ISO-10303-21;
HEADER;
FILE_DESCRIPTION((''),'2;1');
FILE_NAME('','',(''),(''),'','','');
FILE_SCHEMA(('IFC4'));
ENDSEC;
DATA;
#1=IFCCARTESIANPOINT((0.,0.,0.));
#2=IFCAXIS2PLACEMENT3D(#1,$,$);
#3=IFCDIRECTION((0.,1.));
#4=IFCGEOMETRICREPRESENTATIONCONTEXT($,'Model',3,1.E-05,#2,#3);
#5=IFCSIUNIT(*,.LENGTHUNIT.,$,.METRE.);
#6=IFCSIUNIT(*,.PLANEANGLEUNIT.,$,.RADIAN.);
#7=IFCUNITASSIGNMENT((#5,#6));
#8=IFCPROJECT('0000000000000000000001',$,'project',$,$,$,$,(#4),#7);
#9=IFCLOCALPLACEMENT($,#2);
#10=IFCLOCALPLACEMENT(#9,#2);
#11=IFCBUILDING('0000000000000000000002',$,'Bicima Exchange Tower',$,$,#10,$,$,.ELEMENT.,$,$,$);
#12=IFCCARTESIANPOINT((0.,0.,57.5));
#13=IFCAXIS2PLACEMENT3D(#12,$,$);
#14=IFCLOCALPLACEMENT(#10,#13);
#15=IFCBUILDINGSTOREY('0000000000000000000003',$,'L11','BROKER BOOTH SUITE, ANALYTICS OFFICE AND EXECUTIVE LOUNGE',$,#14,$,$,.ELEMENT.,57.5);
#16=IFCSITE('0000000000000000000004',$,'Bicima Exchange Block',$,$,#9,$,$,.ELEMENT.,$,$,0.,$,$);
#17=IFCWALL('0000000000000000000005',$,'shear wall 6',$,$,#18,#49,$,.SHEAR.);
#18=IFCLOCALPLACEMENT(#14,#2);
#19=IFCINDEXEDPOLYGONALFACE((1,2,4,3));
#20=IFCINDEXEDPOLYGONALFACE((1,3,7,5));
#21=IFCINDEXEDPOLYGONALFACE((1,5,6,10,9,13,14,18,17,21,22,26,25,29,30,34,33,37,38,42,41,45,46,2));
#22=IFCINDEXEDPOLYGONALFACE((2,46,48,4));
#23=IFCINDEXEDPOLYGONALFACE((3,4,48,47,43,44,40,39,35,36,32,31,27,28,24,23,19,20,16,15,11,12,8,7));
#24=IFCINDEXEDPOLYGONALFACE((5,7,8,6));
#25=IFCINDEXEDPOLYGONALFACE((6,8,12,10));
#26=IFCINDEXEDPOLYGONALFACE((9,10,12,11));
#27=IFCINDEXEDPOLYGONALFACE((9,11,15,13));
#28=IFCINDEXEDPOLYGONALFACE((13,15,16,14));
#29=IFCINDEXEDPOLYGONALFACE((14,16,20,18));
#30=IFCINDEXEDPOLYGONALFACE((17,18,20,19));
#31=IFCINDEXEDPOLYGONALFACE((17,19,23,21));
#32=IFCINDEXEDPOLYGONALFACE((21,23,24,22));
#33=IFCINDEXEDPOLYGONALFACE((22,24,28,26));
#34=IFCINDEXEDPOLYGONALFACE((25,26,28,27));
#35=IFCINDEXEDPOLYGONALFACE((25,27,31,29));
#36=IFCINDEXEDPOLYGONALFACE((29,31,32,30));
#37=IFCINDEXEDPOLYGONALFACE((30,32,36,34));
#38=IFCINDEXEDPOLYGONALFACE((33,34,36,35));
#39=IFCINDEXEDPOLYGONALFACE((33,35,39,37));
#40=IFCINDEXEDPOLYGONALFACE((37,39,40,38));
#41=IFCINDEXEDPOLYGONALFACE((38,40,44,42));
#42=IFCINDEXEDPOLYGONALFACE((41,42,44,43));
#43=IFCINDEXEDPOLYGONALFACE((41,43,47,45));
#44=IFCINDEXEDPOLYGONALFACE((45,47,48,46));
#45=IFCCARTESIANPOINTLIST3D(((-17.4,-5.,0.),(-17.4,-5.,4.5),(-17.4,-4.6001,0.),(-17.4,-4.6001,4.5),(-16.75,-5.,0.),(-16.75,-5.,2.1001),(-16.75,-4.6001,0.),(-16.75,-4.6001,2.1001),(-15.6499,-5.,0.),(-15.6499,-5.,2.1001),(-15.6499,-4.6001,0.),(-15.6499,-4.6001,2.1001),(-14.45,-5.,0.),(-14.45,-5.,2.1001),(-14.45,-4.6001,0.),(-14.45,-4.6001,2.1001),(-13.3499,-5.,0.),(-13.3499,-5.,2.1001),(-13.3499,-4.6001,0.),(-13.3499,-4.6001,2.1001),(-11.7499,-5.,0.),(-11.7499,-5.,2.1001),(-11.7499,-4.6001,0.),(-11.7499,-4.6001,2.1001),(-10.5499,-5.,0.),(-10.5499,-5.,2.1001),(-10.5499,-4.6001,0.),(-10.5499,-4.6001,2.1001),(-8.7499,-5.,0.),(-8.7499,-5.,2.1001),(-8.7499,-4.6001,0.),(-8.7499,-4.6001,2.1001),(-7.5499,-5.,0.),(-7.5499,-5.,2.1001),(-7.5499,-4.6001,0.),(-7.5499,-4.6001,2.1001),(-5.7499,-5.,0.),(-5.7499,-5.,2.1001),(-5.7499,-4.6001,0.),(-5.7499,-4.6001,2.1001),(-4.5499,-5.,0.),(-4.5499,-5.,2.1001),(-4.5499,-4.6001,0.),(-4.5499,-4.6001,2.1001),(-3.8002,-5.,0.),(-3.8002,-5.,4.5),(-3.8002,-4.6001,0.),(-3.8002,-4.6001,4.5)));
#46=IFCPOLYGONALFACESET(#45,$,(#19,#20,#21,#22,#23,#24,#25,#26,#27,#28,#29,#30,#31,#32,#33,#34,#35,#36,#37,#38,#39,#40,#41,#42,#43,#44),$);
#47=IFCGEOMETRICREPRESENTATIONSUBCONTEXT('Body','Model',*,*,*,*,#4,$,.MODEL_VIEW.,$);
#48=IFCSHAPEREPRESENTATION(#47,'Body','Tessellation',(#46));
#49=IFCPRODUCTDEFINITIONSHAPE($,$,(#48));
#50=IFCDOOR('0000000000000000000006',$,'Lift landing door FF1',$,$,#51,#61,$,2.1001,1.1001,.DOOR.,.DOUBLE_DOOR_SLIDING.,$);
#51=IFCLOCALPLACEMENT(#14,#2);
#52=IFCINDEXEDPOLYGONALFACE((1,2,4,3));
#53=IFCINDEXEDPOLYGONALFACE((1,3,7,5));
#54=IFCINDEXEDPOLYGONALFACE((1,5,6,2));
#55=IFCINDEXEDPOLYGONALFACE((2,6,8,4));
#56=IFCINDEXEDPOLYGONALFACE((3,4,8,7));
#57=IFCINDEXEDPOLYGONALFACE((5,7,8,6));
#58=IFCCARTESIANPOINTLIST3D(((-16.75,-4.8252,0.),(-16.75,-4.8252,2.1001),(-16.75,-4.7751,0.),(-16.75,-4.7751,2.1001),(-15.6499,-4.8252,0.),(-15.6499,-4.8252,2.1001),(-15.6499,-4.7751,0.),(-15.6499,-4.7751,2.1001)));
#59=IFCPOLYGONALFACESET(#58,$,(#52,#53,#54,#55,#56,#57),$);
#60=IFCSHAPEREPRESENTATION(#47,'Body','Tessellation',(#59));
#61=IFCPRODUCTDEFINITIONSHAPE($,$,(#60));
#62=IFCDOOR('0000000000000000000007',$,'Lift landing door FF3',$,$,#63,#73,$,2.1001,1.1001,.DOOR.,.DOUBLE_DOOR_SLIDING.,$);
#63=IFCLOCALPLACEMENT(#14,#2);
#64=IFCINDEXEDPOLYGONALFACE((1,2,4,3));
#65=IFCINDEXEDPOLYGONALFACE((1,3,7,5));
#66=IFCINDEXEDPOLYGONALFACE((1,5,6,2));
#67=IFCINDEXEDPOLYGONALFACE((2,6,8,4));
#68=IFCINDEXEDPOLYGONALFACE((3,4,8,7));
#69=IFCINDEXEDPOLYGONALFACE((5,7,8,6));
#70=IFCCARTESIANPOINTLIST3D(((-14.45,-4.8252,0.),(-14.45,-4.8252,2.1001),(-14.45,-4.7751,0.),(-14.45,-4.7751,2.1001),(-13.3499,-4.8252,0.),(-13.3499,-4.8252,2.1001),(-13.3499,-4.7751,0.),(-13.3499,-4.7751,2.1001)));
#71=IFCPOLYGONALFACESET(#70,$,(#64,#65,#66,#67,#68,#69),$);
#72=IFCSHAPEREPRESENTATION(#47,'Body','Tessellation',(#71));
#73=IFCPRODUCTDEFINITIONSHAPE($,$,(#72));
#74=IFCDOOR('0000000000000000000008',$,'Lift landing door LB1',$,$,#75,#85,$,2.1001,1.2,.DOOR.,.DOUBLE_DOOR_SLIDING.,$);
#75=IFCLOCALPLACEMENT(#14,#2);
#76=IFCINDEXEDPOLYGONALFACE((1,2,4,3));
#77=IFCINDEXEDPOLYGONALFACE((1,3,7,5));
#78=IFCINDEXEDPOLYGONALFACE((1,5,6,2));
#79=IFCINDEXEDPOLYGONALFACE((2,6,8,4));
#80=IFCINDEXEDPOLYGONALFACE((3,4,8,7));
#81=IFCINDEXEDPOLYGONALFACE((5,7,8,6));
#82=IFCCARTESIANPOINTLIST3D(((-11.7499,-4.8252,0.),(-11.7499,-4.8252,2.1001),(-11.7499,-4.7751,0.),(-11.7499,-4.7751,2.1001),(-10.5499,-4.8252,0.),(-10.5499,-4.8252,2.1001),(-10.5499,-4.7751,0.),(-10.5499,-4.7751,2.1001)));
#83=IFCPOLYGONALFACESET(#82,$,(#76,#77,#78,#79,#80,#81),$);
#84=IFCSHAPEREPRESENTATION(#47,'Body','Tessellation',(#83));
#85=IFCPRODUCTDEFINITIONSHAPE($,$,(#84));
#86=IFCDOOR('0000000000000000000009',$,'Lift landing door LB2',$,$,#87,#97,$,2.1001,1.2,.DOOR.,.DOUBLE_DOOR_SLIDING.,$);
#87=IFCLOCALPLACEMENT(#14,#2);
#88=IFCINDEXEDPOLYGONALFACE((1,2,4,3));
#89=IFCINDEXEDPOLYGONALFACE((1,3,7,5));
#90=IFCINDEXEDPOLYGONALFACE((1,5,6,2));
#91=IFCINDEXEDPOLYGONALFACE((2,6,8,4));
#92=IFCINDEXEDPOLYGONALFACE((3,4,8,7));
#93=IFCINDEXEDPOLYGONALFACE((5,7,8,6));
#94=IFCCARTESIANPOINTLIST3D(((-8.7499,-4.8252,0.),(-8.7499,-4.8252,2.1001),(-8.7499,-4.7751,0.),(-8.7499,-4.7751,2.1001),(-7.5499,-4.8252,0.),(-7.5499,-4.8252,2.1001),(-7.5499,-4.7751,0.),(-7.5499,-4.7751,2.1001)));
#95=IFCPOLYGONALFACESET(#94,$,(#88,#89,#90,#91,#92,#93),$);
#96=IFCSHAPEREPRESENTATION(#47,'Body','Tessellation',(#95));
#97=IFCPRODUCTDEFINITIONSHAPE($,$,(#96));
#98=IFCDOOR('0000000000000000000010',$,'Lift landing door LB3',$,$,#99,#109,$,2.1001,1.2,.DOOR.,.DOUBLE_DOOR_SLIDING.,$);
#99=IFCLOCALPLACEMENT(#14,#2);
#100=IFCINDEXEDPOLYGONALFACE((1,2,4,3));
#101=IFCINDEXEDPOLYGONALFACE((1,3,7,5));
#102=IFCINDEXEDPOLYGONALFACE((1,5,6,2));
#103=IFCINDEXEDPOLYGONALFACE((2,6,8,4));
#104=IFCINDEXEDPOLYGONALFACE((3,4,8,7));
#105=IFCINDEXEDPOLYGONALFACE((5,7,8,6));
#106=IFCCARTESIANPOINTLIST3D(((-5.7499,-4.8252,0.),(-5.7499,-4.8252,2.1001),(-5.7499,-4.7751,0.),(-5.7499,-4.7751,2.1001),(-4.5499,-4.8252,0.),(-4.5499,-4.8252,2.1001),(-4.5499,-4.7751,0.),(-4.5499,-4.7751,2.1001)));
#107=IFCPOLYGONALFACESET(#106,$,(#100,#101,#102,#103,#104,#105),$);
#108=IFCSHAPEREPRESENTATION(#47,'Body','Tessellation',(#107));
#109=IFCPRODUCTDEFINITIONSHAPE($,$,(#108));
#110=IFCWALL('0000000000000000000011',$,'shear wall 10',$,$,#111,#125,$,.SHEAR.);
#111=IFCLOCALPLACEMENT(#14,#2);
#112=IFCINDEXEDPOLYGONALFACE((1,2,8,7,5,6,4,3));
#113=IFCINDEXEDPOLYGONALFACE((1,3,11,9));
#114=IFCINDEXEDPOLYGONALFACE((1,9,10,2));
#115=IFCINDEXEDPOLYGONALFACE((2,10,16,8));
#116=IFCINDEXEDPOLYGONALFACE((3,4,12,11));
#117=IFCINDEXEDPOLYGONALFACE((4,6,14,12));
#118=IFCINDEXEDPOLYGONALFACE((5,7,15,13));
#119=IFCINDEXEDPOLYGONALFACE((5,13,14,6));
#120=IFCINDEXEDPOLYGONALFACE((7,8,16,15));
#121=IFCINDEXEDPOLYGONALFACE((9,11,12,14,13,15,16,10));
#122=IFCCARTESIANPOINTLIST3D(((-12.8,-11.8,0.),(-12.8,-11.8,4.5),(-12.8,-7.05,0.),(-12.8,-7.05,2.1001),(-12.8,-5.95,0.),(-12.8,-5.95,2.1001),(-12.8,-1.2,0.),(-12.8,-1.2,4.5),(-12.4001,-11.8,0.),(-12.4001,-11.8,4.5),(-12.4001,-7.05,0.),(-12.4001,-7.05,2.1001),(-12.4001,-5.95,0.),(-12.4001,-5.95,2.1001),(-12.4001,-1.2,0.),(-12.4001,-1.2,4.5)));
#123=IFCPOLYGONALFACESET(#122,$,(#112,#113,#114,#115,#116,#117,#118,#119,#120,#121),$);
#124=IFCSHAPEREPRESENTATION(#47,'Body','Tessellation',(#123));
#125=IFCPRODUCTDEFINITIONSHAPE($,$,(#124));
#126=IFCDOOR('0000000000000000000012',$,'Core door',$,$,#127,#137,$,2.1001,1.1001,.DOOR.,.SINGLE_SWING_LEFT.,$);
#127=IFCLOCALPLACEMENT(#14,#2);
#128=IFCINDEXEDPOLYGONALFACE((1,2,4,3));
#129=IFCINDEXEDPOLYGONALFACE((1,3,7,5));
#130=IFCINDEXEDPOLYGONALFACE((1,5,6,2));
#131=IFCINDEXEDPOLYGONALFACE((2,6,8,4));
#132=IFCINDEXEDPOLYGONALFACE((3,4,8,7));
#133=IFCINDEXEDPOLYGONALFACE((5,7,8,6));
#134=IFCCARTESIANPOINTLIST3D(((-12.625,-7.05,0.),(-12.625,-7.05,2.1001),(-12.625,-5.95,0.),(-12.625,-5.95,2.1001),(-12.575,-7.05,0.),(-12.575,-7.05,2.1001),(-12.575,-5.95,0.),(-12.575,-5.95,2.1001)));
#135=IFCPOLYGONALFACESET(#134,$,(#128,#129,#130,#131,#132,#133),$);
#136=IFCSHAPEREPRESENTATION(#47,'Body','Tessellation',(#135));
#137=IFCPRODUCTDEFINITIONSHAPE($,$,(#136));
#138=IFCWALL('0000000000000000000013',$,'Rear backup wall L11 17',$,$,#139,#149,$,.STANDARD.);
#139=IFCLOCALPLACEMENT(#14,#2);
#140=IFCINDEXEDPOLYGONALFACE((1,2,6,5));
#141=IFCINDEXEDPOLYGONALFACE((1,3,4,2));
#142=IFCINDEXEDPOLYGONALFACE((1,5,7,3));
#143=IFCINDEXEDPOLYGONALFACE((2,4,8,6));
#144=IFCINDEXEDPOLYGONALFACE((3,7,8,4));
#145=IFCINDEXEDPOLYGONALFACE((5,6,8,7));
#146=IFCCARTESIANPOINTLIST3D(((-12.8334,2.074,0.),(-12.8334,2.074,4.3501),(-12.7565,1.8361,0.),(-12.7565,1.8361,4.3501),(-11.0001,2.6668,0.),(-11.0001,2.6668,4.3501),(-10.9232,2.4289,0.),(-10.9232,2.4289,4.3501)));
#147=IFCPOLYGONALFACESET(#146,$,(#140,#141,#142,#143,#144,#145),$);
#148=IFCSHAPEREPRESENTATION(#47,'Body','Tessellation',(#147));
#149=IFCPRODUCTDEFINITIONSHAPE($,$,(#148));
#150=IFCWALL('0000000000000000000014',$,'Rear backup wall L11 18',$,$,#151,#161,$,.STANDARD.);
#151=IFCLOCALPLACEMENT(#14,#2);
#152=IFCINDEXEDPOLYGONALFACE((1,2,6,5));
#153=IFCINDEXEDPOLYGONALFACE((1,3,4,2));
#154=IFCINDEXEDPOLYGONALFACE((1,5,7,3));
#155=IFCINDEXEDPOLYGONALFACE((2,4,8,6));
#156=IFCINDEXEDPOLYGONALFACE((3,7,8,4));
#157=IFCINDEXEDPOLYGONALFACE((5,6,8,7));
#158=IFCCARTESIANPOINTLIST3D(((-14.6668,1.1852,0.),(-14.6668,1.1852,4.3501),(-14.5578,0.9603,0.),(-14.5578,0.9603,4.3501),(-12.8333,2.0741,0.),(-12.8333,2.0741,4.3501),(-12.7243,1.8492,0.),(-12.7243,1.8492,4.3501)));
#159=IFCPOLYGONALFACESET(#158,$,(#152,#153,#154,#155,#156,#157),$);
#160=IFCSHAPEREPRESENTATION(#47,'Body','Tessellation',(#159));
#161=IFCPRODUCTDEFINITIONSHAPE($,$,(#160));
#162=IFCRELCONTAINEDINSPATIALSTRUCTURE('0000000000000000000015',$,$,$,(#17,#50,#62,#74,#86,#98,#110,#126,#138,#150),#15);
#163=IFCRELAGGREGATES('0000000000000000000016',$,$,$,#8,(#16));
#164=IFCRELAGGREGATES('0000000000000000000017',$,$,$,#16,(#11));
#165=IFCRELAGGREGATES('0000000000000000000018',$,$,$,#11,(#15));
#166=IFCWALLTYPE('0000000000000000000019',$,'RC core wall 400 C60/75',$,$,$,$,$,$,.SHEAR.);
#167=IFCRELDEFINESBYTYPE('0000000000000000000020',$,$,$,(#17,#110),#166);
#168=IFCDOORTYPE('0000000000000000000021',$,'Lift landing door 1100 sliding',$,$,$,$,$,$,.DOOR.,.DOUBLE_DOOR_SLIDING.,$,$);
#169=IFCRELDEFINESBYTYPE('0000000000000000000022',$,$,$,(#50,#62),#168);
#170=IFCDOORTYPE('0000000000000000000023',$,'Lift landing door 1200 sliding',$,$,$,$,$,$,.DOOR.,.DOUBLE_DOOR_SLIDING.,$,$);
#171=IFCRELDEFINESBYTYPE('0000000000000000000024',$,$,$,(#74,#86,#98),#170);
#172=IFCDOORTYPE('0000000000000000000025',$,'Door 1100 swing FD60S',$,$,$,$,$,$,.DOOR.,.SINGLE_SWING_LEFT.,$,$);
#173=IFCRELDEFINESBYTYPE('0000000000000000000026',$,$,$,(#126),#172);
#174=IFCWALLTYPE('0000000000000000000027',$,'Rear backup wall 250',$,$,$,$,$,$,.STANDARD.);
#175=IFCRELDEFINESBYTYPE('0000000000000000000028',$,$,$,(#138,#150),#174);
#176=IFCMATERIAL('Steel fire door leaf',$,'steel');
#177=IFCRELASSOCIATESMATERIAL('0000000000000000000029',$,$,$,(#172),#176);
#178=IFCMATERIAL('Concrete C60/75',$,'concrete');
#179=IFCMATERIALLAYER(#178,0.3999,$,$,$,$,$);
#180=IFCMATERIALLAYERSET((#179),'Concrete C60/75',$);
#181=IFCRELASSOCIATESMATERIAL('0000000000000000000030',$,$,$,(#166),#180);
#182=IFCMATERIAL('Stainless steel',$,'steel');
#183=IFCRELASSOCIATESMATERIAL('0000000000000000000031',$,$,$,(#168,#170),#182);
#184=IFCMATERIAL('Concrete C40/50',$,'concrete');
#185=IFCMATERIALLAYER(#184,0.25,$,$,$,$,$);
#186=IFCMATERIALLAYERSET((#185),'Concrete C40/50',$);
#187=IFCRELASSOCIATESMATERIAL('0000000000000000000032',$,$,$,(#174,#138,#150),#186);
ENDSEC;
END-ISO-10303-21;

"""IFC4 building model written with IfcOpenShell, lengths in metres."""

from ifc_helpers import new_model, si_unit, direction, frame, frame_2d, origin, place, context, subcontext, project, spatial, rectangle, extrude, material, layer, layer_set, layer_usage, type_object, element, fill, save


model = new_model("IFC4")

# Units and contexts
model_context = context("Model", 3, precision=1e-05, world=origin(), true_north=direction((0.0, 1.0)))
body_context = subcontext(model_context, "Body", "Model", "MODEL_VIEW")
ifc_project = project(units=[si_unit("LENGTHUNIT", "METRE"), si_unit("PLANEANGLEUNIT", "RADIAN")], contexts=[model_context])

# Site, building, storey
site_placement = place(None, origin())
site = spatial("IfcSite", under=ifc_project, at=site_placement, Name="Bicima Exchange Block", CompositionType="ELEMENT", RefElevation=0.0)
building_placement = place(site_placement, origin())
building = spatial("IfcBuilding", under=site, at=building_placement, Name="Bicima Exchange Tower", CompositionType="ELEMENT")
storey_placement = place(building_placement, frame((0.0, 0.0, 57.5)))
storey = spatial("IfcBuildingStorey", under=building, at=storey_placement, Name="L11", Description="BROKER BOOTH SUITE, ANALYTICS OFFICE AND EXECUTIVE LOUNGE", CompositionType="ELEMENT", Elevation=57.5)

# Shared definitions
ifc_material_1 = material(Name="Steel fire door leaf", Category="steel")
door_type_1 = type_object("IfcDoorType", Name="Door 1100 swing FD60S", OperationType="SINGLE_SWING_LEFT", PredefinedType="DOOR", material=ifc_material_1)

# Shared definitions
ifc_material_2 = material(Name="Concrete C60/75", Category="concrete")
ifc_layer_1 = layer(ifc_material_2, 0.3999)
ifc_layer_set_1 = layer_set([ifc_layer_1], Name="Concrete C60/75")
wall_type_1 = type_object("IfcWallType", Name="RC core wall 400 C60/75", PredefinedType="SHEAR", material=ifc_layer_set_1)

# Wall, openings, doors
wall_1_placement = place(storey_placement, frame((-17.3999, -4.8, 0.0), z_axis=(0.0, 0.0, 1.0), x_axis=(1.0, 0.0, 0.0)))
wall_1 = element("IfcWall", 1, at=wall_1_placement, inside=storey, type_object=wall_type_1, Name="shear wall 6", PredefinedType="SHEAR", context=body_context, shape_type="SweptSolid", body=[
    extrude(rectangle(XDim=13.5999, YDim=0.3999, at=frame_2d((6.7998, 0.0))), origin(), (0.0, 0.0, 1.0), 4.5),
])
opening_1_placement = place(wall_1_placement, frame((0.6499, 0.0, 0.0)))
opening_1 = element("IfcOpeningElement", 2, at=opening_1_placement, cuts=wall_1, PredefinedType="OPENING", context=body_context, shape_type="SweptSolid", body=[
    extrude(rectangle(XDim=1.1001, YDim=2.1001, at=frame_2d((0.55, 1.05))), frame((0.0, 0.2119, 0.0), z_axis=(0.0, -1.0, 0.0), x_axis=(1.0, 0.0, 0.0)), (0.0, 0.0, 1.0), 0.4238),
])
opening_2_placement = place(wall_1_placement, frame((2.95, 0.0, 0.0)))
opening_2 = element("IfcOpeningElement", 3, at=opening_2_placement, cuts=wall_1, PredefinedType="OPENING", context=body_context, shape_type="SweptSolid", body=[
    extrude(rectangle(XDim=1.1001, YDim=2.1001, at=frame_2d((0.55, 1.05))), frame((0.0, 0.2119, 0.0), z_axis=(0.0, -1.0, 0.0), x_axis=(1.0, 0.0, 0.0)), (0.0, 0.0, 1.0), 0.4238),
])
opening_3_placement = place(wall_1_placement, frame((5.6499, 0.0, 0.0)))
opening_3 = element("IfcOpeningElement", 4, at=opening_3_placement, cuts=wall_1, PredefinedType="OPENING", context=body_context, shape_type="SweptSolid", body=[
    extrude(rectangle(XDim=1.2, YDim=2.1001, at=frame_2d((0.6001, 1.05))), frame((0.0, 0.2119, 0.0), z_axis=(0.0, -1.0, 0.0), x_axis=(1.0, 0.0, 0.0)), (0.0, 0.0, 1.0), 0.4238),
])
opening_4_placement = place(wall_1_placement, frame((8.6499, 0.0, 0.0)))
opening_4 = element("IfcOpeningElement", 5, at=opening_4_placement, cuts=wall_1, PredefinedType="OPENING", context=body_context, shape_type="SweptSolid", body=[
    extrude(rectangle(XDim=1.2, YDim=2.1001, at=frame_2d((0.6001, 1.05))), frame((0.0, 0.2119, 0.0), z_axis=(0.0, -1.0, 0.0), x_axis=(1.0, 0.0, 0.0)), (0.0, 0.0, 1.0), 0.4238),
])
opening_5_placement = place(wall_1_placement, frame((11.6499, 0.0, 0.0)))
opening_5 = element("IfcOpeningElement", 6, at=opening_5_placement, cuts=wall_1, PredefinedType="OPENING", context=body_context, shape_type="SweptSolid", body=[
    extrude(rectangle(XDim=1.2, YDim=2.1001, at=frame_2d((0.6001, 1.05))), frame((0.0, 0.2119, 0.0), z_axis=(0.0, -1.0, 0.0), x_axis=(1.0, 0.0, 0.0)), (0.0, 0.0, 1.0), 0.4238),
])
ifc_material_3 = material(Name="Stainless steel", Category="steel")
door_type_2 = type_object("IfcDoorType", Name="Lift landing door 1100 sliding", OperationType="DOUBLE_DOOR_SLIDING", PredefinedType="DOOR", material=ifc_material_3)
door_1_placement = place(opening_1_placement, origin())
door_1 = element("IfcDoor", 7, at=door_1_placement, inside=storey, type_object=door_type_2, Name="Lift landing door FF1", OperationType="DOUBLE_DOOR_SLIDING", OverallHeight=2.1001, OverallWidth=1.1001, PredefinedType="DOOR", context=body_context, shape_type="SweptSolid", body=[
    extrude(rectangle(XDim=1.1001, YDim=2.1001, at=frame_2d((0.55, 1.05))), frame((0.0, 0.0249, 0.0), z_axis=(0.0, -1.0, 0.0), x_axis=(1.0, 0.0, 0.0)), (0.0, 0.0, 1.0), 0.05),
])
fill(opening_1, door_1)
door_2_placement = place(opening_2_placement, origin())
door_2 = element("IfcDoor", 8, at=door_2_placement, inside=storey, type_object=door_type_2, Name="Lift landing door FF3", OperationType="DOUBLE_DOOR_SLIDING", OverallHeight=2.1001, OverallWidth=1.1001, PredefinedType="DOOR", context=body_context, shape_type="SweptSolid", body=[
    extrude(rectangle(XDim=1.1001, YDim=2.1001, at=frame_2d((0.55, 1.05))), frame((0.0, 0.0249, 0.0), z_axis=(0.0, -1.0, 0.0), x_axis=(1.0, 0.0, 0.0)), (0.0, 0.0, 1.0), 0.05),
])
fill(opening_2, door_2)
door_type_3 = type_object("IfcDoorType", Name="Lift landing door 1200 sliding", OperationType="DOUBLE_DOOR_SLIDING", PredefinedType="DOOR", material=ifc_material_3)
door_3_placement = place(opening_3_placement, origin())
door_3 = element("IfcDoor", 9, at=door_3_placement, inside=storey, type_object=door_type_3, Name="Lift landing door LB1", OperationType="DOUBLE_DOOR_SLIDING", OverallHeight=2.1001, OverallWidth=1.2, PredefinedType="DOOR", context=body_context, shape_type="SweptSolid", body=[
    extrude(rectangle(XDim=1.2, YDim=2.1001, at=frame_2d((0.6001, 1.05))), frame((0.0, 0.0249, 0.0), z_axis=(0.0, -1.0, 0.0), x_axis=(1.0, 0.0, 0.0)), (0.0, 0.0, 1.0), 0.05),
])
fill(opening_3, door_3)
door_4_placement = place(opening_4_placement, origin())
door_4 = element("IfcDoor", 10, at=door_4_placement, inside=storey, type_object=door_type_3, Name="Lift landing door LB2", OperationType="DOUBLE_DOOR_SLIDING", OverallHeight=2.1001, OverallWidth=1.2, PredefinedType="DOOR", context=body_context, shape_type="SweptSolid", body=[
    extrude(rectangle(XDim=1.2, YDim=2.1001, at=frame_2d((0.6001, 1.05))), frame((0.0, 0.0249, 0.0), z_axis=(0.0, -1.0, 0.0), x_axis=(1.0, 0.0, 0.0)), (0.0, 0.0, 1.0), 0.05),
])
fill(opening_4, door_4)
door_5_placement = place(opening_5_placement, origin())
door_5 = element("IfcDoor", 11, at=door_5_placement, inside=storey, type_object=door_type_3, Name="Lift landing door LB3", OperationType="DOUBLE_DOOR_SLIDING", OverallHeight=2.1001, OverallWidth=1.2, PredefinedType="DOOR", context=body_context, shape_type="SweptSolid", body=[
    extrude(rectangle(XDim=1.2, YDim=2.1001, at=frame_2d((0.6001, 1.05))), frame((0.0, 0.0249, 0.0), z_axis=(0.0, -1.0, 0.0), x_axis=(1.0, 0.0, 0.0)), (0.0, 0.0, 1.0), 0.05),
])
fill(opening_5, door_5)

# Wall, opening, door
wall_2_placement = place(storey_placement, frame((-12.6001, -11.8, 0.0), z_axis=(0.0, 0.0, 1.0), x_axis=(0.0, 1.0, 0.0)))
wall_2 = element("IfcWall", 12, at=wall_2_placement, inside=storey, type_object=wall_type_1, Name="shear wall 10", PredefinedType="SHEAR", context=body_context, shape_type="SweptSolid", body=[
    extrude(rectangle(XDim=10.6001, YDim=0.3999, at=frame_2d((5.3, 0.0))), origin(), (0.0, 0.0, 1.0), 4.5),
])
opening_6_placement = place(wall_2_placement, frame((4.75, 0.0, 0.0)))
opening_6 = element("IfcOpeningElement", 13, at=opening_6_placement, cuts=wall_2, PredefinedType="OPENING", context=body_context, shape_type="SweptSolid", body=[
    extrude(rectangle(XDim=1.1001, YDim=2.1001, at=frame_2d((0.55, 1.05))), frame((0.0, 0.2119, 0.0), z_axis=(0.0, -1.0, 0.0), x_axis=(1.0, 0.0, 0.0)), (0.0, 0.0, 1.0), 0.4238),
])
door_6_placement = place(opening_6_placement, origin())
door_6 = element("IfcDoor", 14, at=door_6_placement, inside=storey, type_object=door_type_1, Name="Core door", OperationType="SINGLE_SWING_LEFT", OverallHeight=2.1001, OverallWidth=1.1001, PredefinedType="DOOR", context=body_context, shape_type="SweptSolid", body=[
    extrude(rectangle(XDim=1.1001, YDim=2.1001, at=frame_2d((0.55, 1.05))), frame((0.0, 0.0249, 0.0), z_axis=(0.0, -1.0, 0.0), x_axis=(1.0, 0.0, 0.0)), (0.0, 0.0, 1.0), 0.05),
])
fill(opening_6, door_6)

# Walls
ifc_material_4 = material(Name="Concrete C40/50", Category="concrete")
ifc_layer_2 = layer(ifc_material_4, 0.25)
ifc_layer_set_2 = layer_set([ifc_layer_2], Name="Concrete C40/50")
ifc_layer_usage = layer_usage(ifc_layer_set_2, "AXIS2", "POSITIVE", -0.125)
wall_type_2 = type_object("IfcWallType", Name="Rear backup wall 250", PredefinedType="STANDARD", material=ifc_layer_set_2)
wall_3_placement = place(storey_placement, frame((-10.9617, 2.5479, 0.0), z_axis=(0.0, 0.0, 1.0), x_axis=(-0.951496, -0.307662, 0.0)))
element("IfcWall", 15, at=wall_3_placement, inside=storey, type_object=wall_type_2, material=ifc_layer_usage, Name="Rear backup wall L11 17", PredefinedType="STANDARD", context=body_context, shape_type="SweptSolid", body=[
    extrude(rectangle(XDim=1.9268, YDim=0.25, at=frame_2d((0.9634, 0.0))), origin(), (0.0, 0.0, 1.0), 4.3501),
])
wall_4_placement = place(storey_placement, frame((-12.7788, 1.9617, 0.0), z_axis=(0.0, 0.0, 1.0), x_axis=(-0.899824, -0.436253, 0.0)))
element("IfcWall", 16, at=wall_4_placement, inside=storey, type_object=wall_type_2, material=ifc_layer_usage, Name="Rear backup wall L11 18", PredefinedType="STANDARD", context=body_context, shape_type="SweptSolid", body=[
    extrude(rectangle(XDim=2.0376, YDim=0.25, at=frame_2d((1.0188, 0.0))), origin(), (0.0, 0.0, 1.0), 4.3501),
])

save(model, "model.ifc")
